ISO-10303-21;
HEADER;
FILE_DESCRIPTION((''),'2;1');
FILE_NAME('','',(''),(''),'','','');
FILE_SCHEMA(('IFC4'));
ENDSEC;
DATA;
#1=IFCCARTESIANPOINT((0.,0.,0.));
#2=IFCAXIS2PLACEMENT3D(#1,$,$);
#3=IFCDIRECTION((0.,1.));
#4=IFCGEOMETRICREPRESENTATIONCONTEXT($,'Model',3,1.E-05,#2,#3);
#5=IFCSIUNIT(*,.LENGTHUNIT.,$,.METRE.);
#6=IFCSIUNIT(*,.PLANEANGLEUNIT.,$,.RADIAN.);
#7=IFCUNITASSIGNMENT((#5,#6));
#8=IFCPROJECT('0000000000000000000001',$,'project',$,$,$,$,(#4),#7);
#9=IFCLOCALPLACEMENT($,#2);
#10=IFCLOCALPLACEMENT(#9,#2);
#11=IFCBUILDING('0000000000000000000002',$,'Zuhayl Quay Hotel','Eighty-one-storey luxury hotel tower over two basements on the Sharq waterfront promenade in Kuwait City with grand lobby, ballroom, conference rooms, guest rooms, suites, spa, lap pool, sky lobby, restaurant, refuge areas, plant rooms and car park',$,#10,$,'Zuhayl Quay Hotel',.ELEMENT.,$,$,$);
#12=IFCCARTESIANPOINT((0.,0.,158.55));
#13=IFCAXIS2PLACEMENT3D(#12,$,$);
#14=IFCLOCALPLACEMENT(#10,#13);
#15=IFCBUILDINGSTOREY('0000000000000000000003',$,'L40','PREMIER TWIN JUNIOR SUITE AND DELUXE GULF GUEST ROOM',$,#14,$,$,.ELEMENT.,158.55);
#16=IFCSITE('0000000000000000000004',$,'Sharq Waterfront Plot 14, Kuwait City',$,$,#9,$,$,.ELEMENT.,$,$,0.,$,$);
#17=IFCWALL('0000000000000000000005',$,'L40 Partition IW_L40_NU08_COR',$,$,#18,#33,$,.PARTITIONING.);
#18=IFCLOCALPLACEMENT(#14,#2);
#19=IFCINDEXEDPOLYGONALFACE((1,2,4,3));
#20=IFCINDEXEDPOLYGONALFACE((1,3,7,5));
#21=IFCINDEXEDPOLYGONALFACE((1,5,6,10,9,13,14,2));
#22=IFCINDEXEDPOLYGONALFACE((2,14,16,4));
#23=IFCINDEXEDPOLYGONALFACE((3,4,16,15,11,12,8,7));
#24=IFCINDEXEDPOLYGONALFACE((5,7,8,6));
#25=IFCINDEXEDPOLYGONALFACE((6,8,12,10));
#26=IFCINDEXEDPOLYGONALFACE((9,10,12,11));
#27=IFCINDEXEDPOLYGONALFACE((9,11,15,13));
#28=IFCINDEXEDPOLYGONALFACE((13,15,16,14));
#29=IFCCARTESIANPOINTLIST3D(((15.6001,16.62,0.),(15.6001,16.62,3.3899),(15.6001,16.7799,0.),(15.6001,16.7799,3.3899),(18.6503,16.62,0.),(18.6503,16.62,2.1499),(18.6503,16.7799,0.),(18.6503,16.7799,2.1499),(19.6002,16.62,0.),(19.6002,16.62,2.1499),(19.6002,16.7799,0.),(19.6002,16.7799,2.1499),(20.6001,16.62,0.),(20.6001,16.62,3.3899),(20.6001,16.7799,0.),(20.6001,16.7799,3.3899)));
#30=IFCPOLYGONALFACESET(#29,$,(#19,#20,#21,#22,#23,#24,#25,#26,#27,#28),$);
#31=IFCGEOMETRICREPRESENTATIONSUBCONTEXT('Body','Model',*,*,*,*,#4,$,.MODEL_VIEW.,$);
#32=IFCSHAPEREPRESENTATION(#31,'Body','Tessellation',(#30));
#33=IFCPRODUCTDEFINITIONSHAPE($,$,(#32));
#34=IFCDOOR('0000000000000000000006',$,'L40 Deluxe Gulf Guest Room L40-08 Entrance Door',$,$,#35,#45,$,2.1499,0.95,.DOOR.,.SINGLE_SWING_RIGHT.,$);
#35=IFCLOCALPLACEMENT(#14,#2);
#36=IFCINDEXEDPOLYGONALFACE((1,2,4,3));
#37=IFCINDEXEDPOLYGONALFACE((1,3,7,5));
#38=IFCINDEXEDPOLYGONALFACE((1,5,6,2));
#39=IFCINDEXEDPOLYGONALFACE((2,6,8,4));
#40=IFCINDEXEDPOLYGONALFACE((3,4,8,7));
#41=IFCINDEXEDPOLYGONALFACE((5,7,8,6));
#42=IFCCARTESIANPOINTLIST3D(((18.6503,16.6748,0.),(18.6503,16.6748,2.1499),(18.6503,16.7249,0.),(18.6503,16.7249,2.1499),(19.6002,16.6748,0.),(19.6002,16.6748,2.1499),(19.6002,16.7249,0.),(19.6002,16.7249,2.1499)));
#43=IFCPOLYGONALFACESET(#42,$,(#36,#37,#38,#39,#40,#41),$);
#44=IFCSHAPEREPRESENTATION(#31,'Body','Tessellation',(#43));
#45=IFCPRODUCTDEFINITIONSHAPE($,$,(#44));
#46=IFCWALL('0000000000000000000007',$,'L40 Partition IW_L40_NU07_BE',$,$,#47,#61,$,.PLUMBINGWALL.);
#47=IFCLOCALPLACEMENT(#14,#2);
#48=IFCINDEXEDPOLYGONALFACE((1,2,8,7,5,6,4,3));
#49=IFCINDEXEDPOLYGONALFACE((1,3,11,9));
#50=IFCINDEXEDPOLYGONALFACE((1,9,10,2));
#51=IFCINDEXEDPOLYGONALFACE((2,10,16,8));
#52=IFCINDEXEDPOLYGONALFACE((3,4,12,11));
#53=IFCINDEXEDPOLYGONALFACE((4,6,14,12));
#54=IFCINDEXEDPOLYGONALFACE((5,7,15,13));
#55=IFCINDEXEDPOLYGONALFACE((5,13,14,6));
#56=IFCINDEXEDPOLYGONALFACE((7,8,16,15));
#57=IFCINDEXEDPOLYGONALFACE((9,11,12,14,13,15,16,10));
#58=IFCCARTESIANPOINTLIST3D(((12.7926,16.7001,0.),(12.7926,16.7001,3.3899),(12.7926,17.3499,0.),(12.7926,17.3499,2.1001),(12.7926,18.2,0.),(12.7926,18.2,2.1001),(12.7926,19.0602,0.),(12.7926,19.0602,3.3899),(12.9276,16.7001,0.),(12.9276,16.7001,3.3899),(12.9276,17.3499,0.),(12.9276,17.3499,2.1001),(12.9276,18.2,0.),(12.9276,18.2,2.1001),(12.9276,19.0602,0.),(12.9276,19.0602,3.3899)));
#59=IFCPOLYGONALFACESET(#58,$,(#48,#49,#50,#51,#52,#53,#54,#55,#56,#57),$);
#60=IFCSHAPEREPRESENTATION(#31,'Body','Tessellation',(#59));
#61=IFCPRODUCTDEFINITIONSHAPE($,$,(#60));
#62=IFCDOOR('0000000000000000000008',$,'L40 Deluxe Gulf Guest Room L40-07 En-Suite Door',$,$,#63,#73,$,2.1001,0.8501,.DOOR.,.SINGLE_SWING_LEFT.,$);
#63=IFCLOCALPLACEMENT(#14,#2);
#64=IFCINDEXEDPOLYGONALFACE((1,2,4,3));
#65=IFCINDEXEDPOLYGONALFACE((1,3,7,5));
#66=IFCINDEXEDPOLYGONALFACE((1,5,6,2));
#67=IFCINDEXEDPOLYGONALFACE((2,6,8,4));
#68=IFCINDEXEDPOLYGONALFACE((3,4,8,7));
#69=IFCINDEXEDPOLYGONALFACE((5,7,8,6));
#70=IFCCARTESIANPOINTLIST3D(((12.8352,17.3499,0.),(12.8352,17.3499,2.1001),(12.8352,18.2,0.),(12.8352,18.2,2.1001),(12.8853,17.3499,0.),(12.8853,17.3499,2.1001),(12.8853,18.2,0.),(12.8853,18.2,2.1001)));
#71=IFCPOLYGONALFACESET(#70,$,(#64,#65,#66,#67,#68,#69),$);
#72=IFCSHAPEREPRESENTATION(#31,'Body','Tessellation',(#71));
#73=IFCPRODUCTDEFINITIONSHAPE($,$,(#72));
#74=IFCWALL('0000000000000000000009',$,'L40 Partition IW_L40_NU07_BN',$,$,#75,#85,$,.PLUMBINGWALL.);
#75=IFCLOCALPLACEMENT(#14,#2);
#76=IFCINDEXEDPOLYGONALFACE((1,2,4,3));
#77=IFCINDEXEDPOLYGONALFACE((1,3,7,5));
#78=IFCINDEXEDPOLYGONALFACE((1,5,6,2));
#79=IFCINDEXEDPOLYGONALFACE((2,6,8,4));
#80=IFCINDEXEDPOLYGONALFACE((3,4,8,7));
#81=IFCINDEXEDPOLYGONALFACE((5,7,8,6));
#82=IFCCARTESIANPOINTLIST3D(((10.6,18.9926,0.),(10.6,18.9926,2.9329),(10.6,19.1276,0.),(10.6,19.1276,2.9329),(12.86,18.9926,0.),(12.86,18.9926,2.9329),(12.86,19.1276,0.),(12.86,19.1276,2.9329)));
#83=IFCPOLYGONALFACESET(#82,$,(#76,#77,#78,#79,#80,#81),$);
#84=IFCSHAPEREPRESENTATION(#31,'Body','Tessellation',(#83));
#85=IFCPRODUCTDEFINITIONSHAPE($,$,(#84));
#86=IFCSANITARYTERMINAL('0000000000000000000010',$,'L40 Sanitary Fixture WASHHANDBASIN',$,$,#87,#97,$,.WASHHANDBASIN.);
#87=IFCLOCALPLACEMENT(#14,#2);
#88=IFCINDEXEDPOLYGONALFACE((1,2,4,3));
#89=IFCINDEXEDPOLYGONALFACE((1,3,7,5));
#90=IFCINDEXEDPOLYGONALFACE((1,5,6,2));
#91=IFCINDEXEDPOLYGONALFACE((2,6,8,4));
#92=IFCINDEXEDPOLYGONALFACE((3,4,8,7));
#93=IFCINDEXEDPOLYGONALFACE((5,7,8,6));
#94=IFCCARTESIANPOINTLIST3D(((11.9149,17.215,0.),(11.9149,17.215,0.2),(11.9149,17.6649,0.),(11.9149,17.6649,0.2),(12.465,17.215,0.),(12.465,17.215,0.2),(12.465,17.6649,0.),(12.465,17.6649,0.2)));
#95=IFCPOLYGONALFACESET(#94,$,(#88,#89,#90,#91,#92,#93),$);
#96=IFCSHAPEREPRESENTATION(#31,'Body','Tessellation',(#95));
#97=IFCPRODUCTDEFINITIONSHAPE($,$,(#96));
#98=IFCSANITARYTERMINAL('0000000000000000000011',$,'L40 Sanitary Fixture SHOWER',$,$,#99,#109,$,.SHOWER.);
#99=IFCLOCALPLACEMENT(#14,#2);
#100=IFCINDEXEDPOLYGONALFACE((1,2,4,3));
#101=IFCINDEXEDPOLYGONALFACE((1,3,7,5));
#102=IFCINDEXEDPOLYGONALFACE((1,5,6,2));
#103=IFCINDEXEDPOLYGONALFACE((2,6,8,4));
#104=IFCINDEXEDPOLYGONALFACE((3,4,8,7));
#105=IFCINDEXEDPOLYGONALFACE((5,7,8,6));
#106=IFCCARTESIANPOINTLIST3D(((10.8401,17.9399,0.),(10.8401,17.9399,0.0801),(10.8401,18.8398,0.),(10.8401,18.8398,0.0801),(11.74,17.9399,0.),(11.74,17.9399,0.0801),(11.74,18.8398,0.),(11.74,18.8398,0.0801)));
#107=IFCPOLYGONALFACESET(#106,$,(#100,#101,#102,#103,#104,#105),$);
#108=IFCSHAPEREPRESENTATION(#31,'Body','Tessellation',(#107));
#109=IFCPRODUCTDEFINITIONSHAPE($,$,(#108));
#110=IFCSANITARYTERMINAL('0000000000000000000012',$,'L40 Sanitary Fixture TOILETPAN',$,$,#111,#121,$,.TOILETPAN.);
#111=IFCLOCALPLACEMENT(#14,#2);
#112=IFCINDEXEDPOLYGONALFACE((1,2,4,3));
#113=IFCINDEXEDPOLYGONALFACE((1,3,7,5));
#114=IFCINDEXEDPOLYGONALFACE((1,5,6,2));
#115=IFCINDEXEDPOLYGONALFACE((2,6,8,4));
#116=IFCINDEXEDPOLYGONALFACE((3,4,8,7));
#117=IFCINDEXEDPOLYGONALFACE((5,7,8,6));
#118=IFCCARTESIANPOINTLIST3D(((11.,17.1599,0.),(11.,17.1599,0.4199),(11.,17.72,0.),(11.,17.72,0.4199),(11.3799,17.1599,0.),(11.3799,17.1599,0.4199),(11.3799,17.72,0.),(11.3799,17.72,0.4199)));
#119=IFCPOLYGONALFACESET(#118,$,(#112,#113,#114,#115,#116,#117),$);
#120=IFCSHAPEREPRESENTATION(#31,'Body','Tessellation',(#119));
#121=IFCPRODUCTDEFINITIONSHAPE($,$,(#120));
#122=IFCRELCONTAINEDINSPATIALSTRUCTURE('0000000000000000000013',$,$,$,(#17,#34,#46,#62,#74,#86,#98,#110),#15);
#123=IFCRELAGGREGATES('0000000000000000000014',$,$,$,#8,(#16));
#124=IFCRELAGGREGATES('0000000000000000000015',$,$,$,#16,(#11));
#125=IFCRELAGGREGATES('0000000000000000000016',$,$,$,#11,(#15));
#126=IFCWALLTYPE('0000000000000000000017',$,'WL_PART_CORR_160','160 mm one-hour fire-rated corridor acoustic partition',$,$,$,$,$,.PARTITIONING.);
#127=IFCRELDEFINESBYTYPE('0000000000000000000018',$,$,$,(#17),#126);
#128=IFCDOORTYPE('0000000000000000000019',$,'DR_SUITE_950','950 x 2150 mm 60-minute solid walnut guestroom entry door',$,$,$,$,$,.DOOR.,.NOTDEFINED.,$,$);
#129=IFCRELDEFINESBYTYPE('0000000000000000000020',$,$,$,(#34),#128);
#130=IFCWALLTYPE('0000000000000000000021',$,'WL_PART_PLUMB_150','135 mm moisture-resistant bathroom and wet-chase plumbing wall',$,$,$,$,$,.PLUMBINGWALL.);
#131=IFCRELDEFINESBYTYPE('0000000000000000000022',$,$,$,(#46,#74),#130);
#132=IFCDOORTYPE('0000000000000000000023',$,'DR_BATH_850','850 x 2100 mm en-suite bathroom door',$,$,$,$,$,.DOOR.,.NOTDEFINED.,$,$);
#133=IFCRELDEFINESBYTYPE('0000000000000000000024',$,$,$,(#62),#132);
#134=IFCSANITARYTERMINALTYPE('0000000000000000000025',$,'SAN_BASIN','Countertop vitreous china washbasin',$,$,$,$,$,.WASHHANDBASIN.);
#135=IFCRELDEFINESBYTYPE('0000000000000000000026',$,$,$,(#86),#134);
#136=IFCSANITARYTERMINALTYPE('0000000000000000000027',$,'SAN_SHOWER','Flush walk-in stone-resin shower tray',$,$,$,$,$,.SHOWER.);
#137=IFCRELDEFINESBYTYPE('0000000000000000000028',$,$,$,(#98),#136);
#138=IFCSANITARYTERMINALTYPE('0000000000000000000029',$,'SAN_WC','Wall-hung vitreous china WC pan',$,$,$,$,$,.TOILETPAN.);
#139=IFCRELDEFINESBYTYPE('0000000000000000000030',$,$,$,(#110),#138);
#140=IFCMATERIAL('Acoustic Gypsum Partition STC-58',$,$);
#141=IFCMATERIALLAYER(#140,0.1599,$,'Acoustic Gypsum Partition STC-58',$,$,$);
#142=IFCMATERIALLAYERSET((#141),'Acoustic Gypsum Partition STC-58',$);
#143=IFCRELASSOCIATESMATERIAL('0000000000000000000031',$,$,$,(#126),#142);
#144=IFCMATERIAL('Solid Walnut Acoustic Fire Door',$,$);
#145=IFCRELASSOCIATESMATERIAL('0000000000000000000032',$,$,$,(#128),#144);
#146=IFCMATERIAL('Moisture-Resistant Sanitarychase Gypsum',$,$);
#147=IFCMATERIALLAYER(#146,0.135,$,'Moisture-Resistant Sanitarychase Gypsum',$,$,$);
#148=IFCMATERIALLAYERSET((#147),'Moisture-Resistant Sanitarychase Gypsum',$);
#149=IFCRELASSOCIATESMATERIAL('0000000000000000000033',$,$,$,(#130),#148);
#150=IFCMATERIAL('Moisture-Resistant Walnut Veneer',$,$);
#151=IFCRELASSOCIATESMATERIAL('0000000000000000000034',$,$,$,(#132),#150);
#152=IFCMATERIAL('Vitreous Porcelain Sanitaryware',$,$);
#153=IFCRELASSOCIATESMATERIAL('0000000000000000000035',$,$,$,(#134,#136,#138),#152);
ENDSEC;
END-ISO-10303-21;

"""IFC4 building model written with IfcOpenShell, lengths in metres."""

from ifc_helpers import new_model, si_unit, direction, frame, frame_2d, origin, origin_2d, place, context, subcontext, project, spatial, rectangle, extrude, material, layer, layer_set, type_object, element, fill, save


model = new_model("IFC4")

# Units and contexts
model_context = context("Model", 3, precision=1e-05, world=origin(), true_north=direction((0.0, 1.0)))
body_context = subcontext(model_context, "Body", "Model", "MODEL_VIEW")
ifc_project = project(units=[si_unit("LENGTHUNIT", "METRE"), si_unit("PLANEANGLEUNIT", "RADIAN")], contexts=[model_context])

# Site, building, storey
site_placement = place(None, origin())
site = spatial("IfcSite", under=ifc_project, at=site_placement, Name="Sharq Waterfront Plot 14, Kuwait City", CompositionType="ELEMENT", RefElevation=0.0)
building_placement = place(site_placement, origin())
building = spatial("IfcBuilding", under=site, at=building_placement, Name="Zuhayl Quay Hotel", Description="Eighty-one-storey luxury hotel tower over two basements on the Sharq waterfront promenade in Kuwait City with grand lobby, ballroom, conference rooms, guest rooms, suites, spa, lap pool, sky lobby, restaurant, refuge areas, plant rooms and car park", LongName="Zuhayl Quay Hotel", CompositionType="ELEMENT")
storey_placement = place(building_placement, frame((0.0, 0.0, 158.55)))
storey = spatial("IfcBuildingStorey", under=building, at=storey_placement, Name="L40", Description="PREMIER TWIN JUNIOR SUITE AND DELUXE GULF GUEST ROOM", CompositionType="ELEMENT", Elevation=158.55)

# Shared definitions
ifc_material_1 = material(Name="Acoustic Gypsum Partition STC-58")

# Walls, openings, doors
ifc_layer_1 = layer(ifc_material_1, 0.1599, Name="Acoustic Gypsum Partition STC-58")
ifc_layer_set_1 = layer_set([ifc_layer_1], Name="Acoustic Gypsum Partition STC-58")
wall_type_1 = type_object("IfcWallType", Name="WL_PART_CORR_160", Description="160 mm one-hour fire-rated corridor acoustic partition", PredefinedType="PARTITIONING", material=ifc_layer_set_1)
ifc_material_2 = material(Name="Solid Walnut Acoustic Fire Door")
door_type_1 = type_object("IfcDoorType", Name="DR_SUITE_950", Description="950 x 2150 mm 60-minute solid walnut guestroom entry door", OperationType="NOTDEFINED", PredefinedType="DOOR", material=ifc_material_2)
wall_1_placement = place(storey_placement, frame((15.6001, 16.7, 0.0), z_axis=(0.0, 0.0, 1.0), x_axis=(1.0, 0.0, 0.0)))
wall_1 = element("IfcWall", 1, at=wall_1_placement, inside=storey, type_object=wall_type_1, Name="L40 Partition IW_L40_NU08_COR", PredefinedType="PARTITIONING", context=body_context, shape_type="SweptSolid", body=[
    extrude(rectangle(XDim=5.0, YDim=0.1599, at=frame_2d((2.5, 0.0))), origin(), (0.0, 0.0, 1.0), 3.3899),
])
opening_1_placement = place(wall_1_placement, frame((3.05, 0.0, 0.0)))
opening_1 = element("IfcOpeningElement", 2, at=opening_1_placement, cuts=wall_1, PredefinedType="OPENING", context=body_context, shape_type="SweptSolid", body=[
    extrude(rectangle(XDim=0.95, YDim=2.1499, at=frame_2d((0.4751, 1.075))), frame((0.0, 0.0898, 0.0), z_axis=(0.0, -1.0, 0.0), x_axis=(1.0, 0.0, 0.0)), (0.0, 0.0, 1.0), 0.1799),
])
door_1_placement = place(opening_1_placement, origin())
door_1 = element("IfcDoor", 3, at=door_1_placement, inside=storey, type_object=door_type_1, Name="L40 Deluxe Gulf Guest Room L40-08 Entrance Door", OperationType="SINGLE_SWING_RIGHT", OverallHeight=2.1499, OverallWidth=0.95, PredefinedType="DOOR", context=body_context, shape_type="SweptSolid", body=[
    extrude(rectangle(XDim=0.95, YDim=2.1499, at=frame_2d((0.4751, 1.075))), frame((0.0, 0.0249, 0.0), z_axis=(0.0, -1.0, 0.0), x_axis=(1.0, 0.0, 0.0)), (0.0, 0.0, 1.0), 0.05),
])
fill(opening_1, door_1)
ifc_material_3 = material(Name="Moisture-Resistant Sanitarychase Gypsum")
ifc_layer_2 = layer(ifc_material_3, 0.135, Name="Moisture-Resistant Sanitarychase Gypsum")
ifc_layer_set_2 = layer_set([ifc_layer_2], Name="Moisture-Resistant Sanitarychase Gypsum")
wall_type_2 = type_object("IfcWallType", Name="WL_PART_PLUMB_150", Description="135 mm moisture-resistant bathroom and wet-chase plumbing wall", PredefinedType="PLUMBINGWALL", material=ifc_layer_set_2)
wall_2_placement = place(storey_placement, frame((12.8601, 16.7, 0.0), z_axis=(0.0, 0.0, 1.0), x_axis=(0.0, 1.0, 0.0)))
wall_2 = element("IfcWall", 4, at=wall_2_placement, inside=storey, type_object=wall_type_2, Name="L40 Partition IW_L40_NU07_BE", PredefinedType="PLUMBINGWALL", context=body_context, shape_type="SweptSolid", body=[
    extrude(rectangle(XDim=2.3601, YDim=0.135, at=frame_2d((1.1802, 0.0))), origin(), (0.0, 0.0, 1.0), 3.3899),
])
opening_2_placement = place(wall_2_placement, frame((0.6499, 0.0, 0.0)))
opening_2 = element("IfcOpeningElement", 5, at=opening_2_placement, cuts=wall_2, PredefinedType="OPENING", context=body_context, shape_type="SweptSolid", body=[
    extrude(rectangle(XDim=0.8501, YDim=2.1001, at=frame_2d((0.425, 1.05))), frame((0.0, 0.0774, 0.0), z_axis=(0.0, -1.0, 0.0), x_axis=(1.0, 0.0, 0.0)), (0.0, 0.0, 1.0), 0.155),
])
ifc_material_4 = material(Name="Moisture-Resistant Walnut Veneer")
door_type_2 = type_object("IfcDoorType", Name="DR_BATH_850", Description="850 x 2100 mm en-suite bathroom door", OperationType="NOTDEFINED", PredefinedType="DOOR", material=ifc_material_4)
door_2_placement = place(opening_2_placement, origin())
door_2 = element("IfcDoor", 6, at=door_2_placement, inside=storey, type_object=door_type_2, Name="L40 Deluxe Gulf Guest Room L40-07 En-Suite Door", OperationType="SINGLE_SWING_LEFT", OverallHeight=2.1001, OverallWidth=0.8501, PredefinedType="DOOR", context=body_context, shape_type="SweptSolid", body=[
    extrude(rectangle(XDim=0.8501, YDim=2.1001, at=frame_2d((0.425, 1.05))), frame((0.0, 0.0249, 0.0), z_axis=(0.0, -1.0, 0.0), x_axis=(1.0, 0.0, 0.0)), (0.0, 0.0, 1.0), 0.05),
])
fill(opening_2, door_2)

# Wall
wall_3_placement = place(storey_placement, frame((10.6001, 19.0601, 0.0), z_axis=(0.0, 0.0, 1.0), x_axis=(1.0, 0.0, 0.0)))
element("IfcWall", 7, at=wall_3_placement, inside=storey, type_object=wall_type_2, Name="L40 Partition IW_L40_NU07_BN", PredefinedType="PLUMBINGWALL", context=body_context, shape_type="SweptSolid", body=[
    extrude(rectangle(XDim=2.26, YDim=0.135, at=frame_2d((1.1299, 0.0))), origin(), (0.0, 0.0, 1.0), 2.9329),
])

# Sanitary terminals
ifc_material_5 = material(Name="Vitreous Porcelain Sanitaryware")
sanitary_terminal_type_1 = type_object("IfcSanitaryTerminalType", Name="SAN_BASIN", Description="Countertop vitreous china washbasin", PredefinedType="WASHHANDBASIN", material=ifc_material_5)
sanitary_terminal_1_placement = place(storey_placement, frame((12.1899, 17.4399, 0.0), z_axis=(0.0, 0.0, 1.0), x_axis=(1.0, 0.0, 0.0)))
element("IfcSanitaryTerminal", 8, at=sanitary_terminal_1_placement, inside=storey, type_object=sanitary_terminal_type_1, Name="L40 Sanitary Fixture WASHHANDBASIN", PredefinedType="WASHHANDBASIN", context=body_context, shape_type="SweptSolid", body=[
    extrude(rectangle(XDim=0.55, YDim=0.45, at=origin_2d()), origin(), (0.0, 0.0, 1.0), 0.2),
])
sanitary_terminal_type_2 = type_object("IfcSanitaryTerminalType", Name="SAN_SHOWER", Description="Flush walk-in stone-resin shower tray", PredefinedType="SHOWER", material=ifc_material_5)
sanitary_terminal_2_placement = place(storey_placement, frame((11.29, 18.3899, 0.0), z_axis=(0.0, 0.0, 1.0), x_axis=(1.0, 0.0, 0.0)))
element("IfcSanitaryTerminal", 9, at=sanitary_terminal_2_placement, inside=storey, type_object=sanitary_terminal_type_2, Name="L40 Sanitary Fixture SHOWER", PredefinedType="SHOWER", context=body_context, shape_type="SweptSolid", body=[
    extrude(rectangle(XDim=0.8999, YDim=0.8999, at=origin_2d()), origin(), (0.0, 0.0, 1.0), 0.0801),
])
sanitary_terminal_type_3 = type_object("IfcSanitaryTerminalType", Name="SAN_WC", Description="Wall-hung vitreous china WC pan", PredefinedType="TOILETPAN", material=ifc_material_5)
sanitary_terminal_3_placement = place(storey_placement, frame((11.1899, 17.4399, 0.0), z_axis=(0.0, 0.0, 1.0), x_axis=(1.0, 0.0, 0.0)))
element("IfcSanitaryTerminal", 10, at=sanitary_terminal_3_placement, inside=storey, type_object=sanitary_terminal_type_3, Name="L40 Sanitary Fixture TOILETPAN", PredefinedType="TOILETPAN", context=body_context, shape_type="SweptSolid", body=[
    extrude(rectangle(XDim=0.3799, YDim=0.5601, at=origin_2d()), origin(), (0.0, 0.0, 1.0), 0.4199),
])

save(model, "model.ifc")
